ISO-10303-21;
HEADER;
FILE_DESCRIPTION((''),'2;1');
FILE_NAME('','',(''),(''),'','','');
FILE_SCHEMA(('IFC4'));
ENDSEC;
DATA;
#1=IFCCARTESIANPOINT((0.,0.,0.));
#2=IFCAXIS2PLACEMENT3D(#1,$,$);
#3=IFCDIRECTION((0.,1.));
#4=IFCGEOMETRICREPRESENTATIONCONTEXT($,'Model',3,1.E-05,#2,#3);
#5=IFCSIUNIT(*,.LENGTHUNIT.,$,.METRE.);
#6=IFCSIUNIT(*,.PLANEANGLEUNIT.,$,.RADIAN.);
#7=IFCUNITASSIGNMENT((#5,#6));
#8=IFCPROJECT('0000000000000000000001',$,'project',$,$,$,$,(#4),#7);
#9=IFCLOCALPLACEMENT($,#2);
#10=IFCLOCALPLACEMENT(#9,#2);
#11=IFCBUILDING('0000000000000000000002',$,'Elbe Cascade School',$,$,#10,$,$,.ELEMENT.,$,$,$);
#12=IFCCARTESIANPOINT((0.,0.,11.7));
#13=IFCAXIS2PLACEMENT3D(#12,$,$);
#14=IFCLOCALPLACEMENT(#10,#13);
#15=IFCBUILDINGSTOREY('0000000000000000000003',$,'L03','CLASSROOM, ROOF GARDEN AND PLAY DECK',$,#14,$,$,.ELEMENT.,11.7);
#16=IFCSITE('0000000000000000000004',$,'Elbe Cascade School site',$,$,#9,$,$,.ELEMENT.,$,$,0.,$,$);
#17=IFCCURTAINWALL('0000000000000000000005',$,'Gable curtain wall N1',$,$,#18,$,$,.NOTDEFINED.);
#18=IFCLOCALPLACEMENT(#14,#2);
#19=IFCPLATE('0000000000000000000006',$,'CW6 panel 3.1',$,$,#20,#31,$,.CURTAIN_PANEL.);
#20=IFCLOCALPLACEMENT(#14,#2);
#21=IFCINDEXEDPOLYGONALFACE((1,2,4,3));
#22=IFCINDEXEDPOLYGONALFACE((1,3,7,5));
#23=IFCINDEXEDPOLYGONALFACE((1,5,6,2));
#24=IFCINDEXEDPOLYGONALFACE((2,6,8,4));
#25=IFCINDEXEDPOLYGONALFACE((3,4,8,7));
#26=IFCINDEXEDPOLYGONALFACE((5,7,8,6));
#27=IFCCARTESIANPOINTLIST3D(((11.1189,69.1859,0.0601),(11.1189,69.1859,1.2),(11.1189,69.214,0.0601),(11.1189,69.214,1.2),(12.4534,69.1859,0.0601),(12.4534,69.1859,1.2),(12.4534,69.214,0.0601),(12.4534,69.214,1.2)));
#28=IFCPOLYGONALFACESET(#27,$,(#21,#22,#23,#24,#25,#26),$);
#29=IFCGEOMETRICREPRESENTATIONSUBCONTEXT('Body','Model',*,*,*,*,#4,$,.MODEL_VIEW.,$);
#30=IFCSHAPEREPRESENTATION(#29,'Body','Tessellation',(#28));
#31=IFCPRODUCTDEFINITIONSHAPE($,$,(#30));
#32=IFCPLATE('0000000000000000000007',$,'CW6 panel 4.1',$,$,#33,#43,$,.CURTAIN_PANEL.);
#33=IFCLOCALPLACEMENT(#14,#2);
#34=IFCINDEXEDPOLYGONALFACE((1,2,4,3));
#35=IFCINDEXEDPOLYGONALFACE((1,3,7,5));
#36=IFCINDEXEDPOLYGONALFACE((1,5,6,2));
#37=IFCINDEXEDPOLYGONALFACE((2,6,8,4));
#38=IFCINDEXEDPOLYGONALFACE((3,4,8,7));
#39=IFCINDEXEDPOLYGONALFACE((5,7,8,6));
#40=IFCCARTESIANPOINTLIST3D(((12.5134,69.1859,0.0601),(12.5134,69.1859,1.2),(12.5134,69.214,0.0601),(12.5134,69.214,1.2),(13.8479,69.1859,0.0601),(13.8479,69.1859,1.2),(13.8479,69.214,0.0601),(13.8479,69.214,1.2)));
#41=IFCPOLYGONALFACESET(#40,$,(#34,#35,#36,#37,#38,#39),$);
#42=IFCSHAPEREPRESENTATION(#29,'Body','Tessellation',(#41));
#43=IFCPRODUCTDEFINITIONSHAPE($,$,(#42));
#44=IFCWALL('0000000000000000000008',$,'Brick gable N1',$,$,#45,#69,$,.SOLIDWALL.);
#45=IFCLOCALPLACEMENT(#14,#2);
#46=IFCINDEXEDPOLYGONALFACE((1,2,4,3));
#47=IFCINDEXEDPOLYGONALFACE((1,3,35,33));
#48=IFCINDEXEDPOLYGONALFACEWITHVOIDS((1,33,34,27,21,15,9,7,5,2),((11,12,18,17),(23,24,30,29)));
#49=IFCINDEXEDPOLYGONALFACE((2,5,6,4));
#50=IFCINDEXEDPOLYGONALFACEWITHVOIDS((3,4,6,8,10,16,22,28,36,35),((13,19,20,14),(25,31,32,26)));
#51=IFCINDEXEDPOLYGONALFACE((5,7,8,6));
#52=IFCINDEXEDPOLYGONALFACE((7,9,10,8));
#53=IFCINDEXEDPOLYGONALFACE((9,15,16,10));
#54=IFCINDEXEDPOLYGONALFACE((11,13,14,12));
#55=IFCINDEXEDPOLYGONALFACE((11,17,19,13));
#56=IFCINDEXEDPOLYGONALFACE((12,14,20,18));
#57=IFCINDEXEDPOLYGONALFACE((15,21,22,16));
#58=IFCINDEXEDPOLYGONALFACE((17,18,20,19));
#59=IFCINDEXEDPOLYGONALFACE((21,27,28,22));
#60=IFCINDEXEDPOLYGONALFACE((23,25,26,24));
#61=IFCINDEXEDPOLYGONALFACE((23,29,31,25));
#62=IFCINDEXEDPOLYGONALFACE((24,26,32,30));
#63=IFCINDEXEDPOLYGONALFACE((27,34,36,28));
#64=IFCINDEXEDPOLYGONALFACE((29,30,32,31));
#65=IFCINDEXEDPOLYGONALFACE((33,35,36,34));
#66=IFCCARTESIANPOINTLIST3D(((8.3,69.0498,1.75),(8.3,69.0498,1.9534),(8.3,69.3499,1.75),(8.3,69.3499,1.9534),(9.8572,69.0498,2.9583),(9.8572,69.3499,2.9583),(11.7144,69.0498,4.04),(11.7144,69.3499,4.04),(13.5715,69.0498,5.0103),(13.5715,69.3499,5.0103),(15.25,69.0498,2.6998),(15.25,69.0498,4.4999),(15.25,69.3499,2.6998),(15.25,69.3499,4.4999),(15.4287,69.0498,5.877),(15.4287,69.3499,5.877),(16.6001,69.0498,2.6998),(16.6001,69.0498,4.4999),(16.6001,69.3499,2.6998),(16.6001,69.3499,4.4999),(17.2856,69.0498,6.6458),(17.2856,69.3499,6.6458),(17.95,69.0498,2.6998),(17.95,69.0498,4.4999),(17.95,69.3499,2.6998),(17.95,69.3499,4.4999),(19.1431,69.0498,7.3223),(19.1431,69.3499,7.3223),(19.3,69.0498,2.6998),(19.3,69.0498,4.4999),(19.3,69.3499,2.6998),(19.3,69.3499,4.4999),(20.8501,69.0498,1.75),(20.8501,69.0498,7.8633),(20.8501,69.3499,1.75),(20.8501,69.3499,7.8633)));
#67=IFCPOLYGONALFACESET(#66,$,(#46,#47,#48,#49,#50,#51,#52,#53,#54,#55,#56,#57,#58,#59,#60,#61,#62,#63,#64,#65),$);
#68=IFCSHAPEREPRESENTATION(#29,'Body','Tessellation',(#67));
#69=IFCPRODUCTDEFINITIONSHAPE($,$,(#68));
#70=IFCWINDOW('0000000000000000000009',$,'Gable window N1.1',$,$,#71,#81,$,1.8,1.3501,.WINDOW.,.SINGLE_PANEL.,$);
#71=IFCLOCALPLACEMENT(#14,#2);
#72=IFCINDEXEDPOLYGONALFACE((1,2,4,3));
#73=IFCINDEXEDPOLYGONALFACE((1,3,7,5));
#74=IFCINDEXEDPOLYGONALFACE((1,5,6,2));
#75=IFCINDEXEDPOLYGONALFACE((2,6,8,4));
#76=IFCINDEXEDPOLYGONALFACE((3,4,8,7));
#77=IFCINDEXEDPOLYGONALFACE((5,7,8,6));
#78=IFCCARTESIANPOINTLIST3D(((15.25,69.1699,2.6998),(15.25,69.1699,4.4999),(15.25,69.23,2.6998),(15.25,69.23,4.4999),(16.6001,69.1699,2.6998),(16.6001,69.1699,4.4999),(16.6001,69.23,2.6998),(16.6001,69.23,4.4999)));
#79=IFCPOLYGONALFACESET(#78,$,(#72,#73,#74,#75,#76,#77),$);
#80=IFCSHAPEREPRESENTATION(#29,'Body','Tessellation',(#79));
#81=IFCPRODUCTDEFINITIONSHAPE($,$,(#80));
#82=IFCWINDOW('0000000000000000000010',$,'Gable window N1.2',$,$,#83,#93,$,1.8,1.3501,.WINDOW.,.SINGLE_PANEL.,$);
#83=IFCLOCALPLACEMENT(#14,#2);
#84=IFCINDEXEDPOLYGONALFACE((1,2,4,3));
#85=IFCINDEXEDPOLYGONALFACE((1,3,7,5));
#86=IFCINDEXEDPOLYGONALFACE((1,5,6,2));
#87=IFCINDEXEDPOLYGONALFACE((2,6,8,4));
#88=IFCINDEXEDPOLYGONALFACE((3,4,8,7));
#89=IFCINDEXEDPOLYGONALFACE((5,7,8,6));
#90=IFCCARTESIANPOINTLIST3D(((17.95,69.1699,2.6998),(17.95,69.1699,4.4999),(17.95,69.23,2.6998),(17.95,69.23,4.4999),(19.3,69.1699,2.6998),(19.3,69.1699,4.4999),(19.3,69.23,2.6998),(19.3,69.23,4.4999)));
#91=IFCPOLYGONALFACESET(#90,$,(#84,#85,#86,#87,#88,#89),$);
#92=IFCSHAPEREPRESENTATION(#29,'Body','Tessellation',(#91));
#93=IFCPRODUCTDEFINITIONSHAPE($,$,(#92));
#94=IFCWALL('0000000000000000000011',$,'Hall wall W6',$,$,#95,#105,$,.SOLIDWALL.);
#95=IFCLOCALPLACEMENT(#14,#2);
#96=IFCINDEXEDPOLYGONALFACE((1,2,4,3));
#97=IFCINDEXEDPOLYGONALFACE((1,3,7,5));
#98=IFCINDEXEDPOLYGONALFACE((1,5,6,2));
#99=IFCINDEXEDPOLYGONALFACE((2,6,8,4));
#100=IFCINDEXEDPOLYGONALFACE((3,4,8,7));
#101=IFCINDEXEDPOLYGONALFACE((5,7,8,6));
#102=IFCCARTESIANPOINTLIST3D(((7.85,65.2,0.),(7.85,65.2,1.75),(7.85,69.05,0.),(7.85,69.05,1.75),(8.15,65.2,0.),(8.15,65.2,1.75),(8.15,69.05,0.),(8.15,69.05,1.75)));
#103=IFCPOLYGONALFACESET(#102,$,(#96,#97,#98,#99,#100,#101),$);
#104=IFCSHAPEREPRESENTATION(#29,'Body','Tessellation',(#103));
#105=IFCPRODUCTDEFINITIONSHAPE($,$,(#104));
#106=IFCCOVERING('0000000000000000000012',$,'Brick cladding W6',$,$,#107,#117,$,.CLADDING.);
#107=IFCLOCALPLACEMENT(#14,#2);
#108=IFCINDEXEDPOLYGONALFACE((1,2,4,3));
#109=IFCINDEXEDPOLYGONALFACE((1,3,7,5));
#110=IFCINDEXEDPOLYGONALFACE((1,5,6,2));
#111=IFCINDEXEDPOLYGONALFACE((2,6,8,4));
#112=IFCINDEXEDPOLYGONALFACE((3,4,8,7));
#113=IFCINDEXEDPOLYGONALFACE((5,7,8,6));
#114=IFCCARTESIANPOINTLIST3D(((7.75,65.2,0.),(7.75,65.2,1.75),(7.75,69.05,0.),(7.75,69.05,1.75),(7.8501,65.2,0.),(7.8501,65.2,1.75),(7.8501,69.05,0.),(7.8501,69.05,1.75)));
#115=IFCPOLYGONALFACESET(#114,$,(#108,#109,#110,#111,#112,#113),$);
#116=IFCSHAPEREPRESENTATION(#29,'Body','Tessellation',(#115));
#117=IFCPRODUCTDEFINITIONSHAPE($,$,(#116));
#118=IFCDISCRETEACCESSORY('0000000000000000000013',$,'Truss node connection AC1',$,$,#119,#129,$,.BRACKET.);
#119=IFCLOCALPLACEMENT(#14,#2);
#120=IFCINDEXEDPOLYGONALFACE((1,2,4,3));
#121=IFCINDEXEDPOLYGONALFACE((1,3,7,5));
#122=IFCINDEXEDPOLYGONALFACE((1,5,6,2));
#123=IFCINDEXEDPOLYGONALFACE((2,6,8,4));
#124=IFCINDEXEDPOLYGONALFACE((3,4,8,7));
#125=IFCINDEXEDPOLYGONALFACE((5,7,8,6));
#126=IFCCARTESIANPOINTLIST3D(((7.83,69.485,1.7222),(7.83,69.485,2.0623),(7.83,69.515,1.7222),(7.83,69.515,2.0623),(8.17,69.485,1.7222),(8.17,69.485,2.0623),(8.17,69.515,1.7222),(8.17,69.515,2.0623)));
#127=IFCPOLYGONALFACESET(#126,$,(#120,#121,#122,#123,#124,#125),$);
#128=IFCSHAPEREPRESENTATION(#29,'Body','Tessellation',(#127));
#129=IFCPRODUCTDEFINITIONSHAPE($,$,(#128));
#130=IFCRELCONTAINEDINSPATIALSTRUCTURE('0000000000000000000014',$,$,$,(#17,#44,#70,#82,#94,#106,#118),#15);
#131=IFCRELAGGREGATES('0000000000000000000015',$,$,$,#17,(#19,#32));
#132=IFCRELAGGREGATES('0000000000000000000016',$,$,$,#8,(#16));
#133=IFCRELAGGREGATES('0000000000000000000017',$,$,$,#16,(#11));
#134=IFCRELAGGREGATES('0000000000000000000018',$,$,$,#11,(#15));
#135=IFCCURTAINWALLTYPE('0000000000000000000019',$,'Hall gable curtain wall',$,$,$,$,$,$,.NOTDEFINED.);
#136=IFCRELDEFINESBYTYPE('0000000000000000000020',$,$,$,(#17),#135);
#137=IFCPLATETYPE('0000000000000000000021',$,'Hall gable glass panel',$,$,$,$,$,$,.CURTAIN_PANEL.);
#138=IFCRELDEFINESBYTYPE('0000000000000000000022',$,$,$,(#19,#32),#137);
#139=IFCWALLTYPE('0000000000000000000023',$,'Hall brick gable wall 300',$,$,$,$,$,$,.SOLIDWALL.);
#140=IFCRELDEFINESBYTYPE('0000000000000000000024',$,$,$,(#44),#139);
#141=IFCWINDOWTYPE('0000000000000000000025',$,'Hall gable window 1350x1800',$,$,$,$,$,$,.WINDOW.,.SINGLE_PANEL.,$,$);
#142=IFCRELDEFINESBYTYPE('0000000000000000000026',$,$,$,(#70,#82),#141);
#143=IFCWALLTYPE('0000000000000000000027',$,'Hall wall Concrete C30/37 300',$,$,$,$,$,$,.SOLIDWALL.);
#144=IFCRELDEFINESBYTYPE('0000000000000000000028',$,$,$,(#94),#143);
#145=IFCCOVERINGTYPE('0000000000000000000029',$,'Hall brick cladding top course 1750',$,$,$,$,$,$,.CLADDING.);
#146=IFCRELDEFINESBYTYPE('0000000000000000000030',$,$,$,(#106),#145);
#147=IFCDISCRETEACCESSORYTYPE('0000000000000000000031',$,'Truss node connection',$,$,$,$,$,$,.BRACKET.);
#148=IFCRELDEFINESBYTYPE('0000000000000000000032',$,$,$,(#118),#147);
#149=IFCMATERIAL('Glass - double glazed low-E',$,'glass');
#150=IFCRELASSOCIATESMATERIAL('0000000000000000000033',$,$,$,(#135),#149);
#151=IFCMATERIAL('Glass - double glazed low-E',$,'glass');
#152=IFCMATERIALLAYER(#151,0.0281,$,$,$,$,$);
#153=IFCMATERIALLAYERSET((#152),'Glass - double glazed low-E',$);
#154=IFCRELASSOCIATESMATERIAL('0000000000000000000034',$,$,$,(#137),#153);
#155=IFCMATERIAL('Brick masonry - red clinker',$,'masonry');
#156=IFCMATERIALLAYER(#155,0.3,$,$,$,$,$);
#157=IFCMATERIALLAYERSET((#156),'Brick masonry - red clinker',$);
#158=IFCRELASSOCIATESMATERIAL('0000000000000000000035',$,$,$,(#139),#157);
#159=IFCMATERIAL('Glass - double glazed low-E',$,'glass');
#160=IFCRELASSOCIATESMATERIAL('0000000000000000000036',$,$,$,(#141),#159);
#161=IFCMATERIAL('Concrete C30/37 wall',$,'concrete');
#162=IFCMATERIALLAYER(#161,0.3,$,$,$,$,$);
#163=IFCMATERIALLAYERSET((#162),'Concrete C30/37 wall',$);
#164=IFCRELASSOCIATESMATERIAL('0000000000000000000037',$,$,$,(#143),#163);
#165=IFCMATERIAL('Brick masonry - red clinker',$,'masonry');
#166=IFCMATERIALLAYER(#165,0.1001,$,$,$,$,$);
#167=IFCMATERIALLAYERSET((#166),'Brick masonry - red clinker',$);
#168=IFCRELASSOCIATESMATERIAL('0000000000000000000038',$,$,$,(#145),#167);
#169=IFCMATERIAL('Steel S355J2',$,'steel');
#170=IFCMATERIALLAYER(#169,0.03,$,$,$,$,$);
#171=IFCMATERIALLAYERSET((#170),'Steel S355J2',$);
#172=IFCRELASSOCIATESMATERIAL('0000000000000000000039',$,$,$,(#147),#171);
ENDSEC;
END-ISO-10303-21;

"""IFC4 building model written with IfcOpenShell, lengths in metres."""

from ifc_helpers import new_model, si_unit, direction, frame, frame_2d, origin, origin_2d, place, context, subcontext, project, spatial, polyline, rectangle, outline, extrude, material, layer, layer_set, type_object, element, fill, aggregate, save


model = new_model("IFC4")

# Units and contexts
model_context = context("Model", 3, precision=1e-05, world=origin(), true_north=direction((0.0, 1.0)))
body_context = subcontext(model_context, "Body", "Model", "MODEL_VIEW")
ifc_project = project(units=[si_unit("LENGTHUNIT", "METRE"), si_unit("PLANEANGLEUNIT", "RADIAN")], contexts=[model_context])

# Site, building, storey
site_placement = place(None, origin())
site = spatial("IfcSite", under=ifc_project, at=site_placement, Name="Elbe Cascade School site", CompositionType="ELEMENT", RefElevation=0.0)
building_placement = place(site_placement, origin())
building = spatial("IfcBuilding", under=site, at=building_placement, Name="Elbe Cascade School", CompositionType="ELEMENT")
storey_placement = place(building_placement, frame((0.0, 0.0, 11.7)))
storey = spatial("IfcBuildingStorey", under=building, at=storey_placement, Name="L03", Description="CLASSROOM, ROOF GARDEN AND PLAY DECK", CompositionType="ELEMENT", Elevation=11.7)

# Curtain wall
ifc_material_1 = material(Name="Glass - double glazed low-E", Category="glass")
curtain_wall_type = type_object("IfcCurtainWallType", Name="Hall gable curtain wall", PredefinedType="NOTDEFINED", material=ifc_material_1)
curtain_wall_placement = place(storey_placement, origin())
curtain_wall = element("IfcCurtainWall", 1, at=curtain_wall_placement, inside=storey, type_object=curtain_wall_type, Name="Gable curtain wall N1", PredefinedType="NOTDEFINED")

# Plates
ifc_material_2 = material(Name="Glass - double glazed low-E", Category="glass")
ifc_layer_1 = layer(ifc_material_2, 0.0281)
ifc_layer_set_1 = layer_set([ifc_layer_1], Name="Glass - double glazed low-E")
plate_type = type_object("IfcPlateType", Name="Hall gable glass panel", PredefinedType="CURTAIN_PANEL", material=ifc_layer_set_1)
plate_1_placement = place(storey_placement, frame((11.7861, 69.2, 0.0601), z_axis=(0.0, 0.0, 1.0), x_axis=(1.0, 0.0, 0.0)))
plate_1 = element("IfcPlate", 2, at=plate_1_placement, type_object=plate_type, Name="CW6 panel 3.1", PredefinedType="CURTAIN_PANEL", context=body_context, shape_type="SweptSolid", body=[
    extrude(rectangle(XDim=1.3345, YDim=0.0281, at=origin_2d()), origin(), (0.0, 0.0, 1.0), 1.1399),
])
plate_2_placement = place(storey_placement, frame((13.1807, 69.2, 0.0601), z_axis=(0.0, 0.0, 1.0), x_axis=(1.0, 0.0, 0.0)))
plate_2 = element("IfcPlate", 3, at=plate_2_placement, type_object=plate_type, Name="CW6 panel 4.1", PredefinedType="CURTAIN_PANEL", context=body_context, shape_type="SweptSolid", body=[
    extrude(rectangle(XDim=1.3345, YDim=0.0281, at=origin_2d()), origin(), (0.0, 0.0, 1.0), 1.1399),
])
aggregate(curtain_wall, [plate_1, plate_2])

# Wall, openings, windows
ifc_material_3 = material(Name="Brick masonry - red clinker", Category="masonry")
ifc_layer_2 = layer(ifc_material_3, 0.3)
ifc_layer_set_2 = layer_set([ifc_layer_2], Name="Brick masonry - red clinker")
wall_type_1 = type_object("IfcWallType", Name="Hall brick gable wall 300", PredefinedType="SOLIDWALL", material=ifc_layer_set_2)
wall_1_placement = place(storey_placement, frame((8.3, 69.2, 1.75), z_axis=(0.0, 0.0, 1.0), x_axis=(1.0, 0.0, 0.0)))
wall_1 = element("IfcWall", 4, at=wall_1_placement, inside=storey, type_object=wall_type_1, Name="Brick gable N1", PredefinedType="SOLIDWALL", context=body_context, shape_type="SweptSolid", body=[
    extrude(outline(polyline([(0.0, 0.0), (12.55, 0.0), (12.55, 6.1133), (10.843, 5.5723), (8.9856, 4.8958), (7.1287, 4.127), (5.2715, 3.2603), (3.4143, 2.29), (1.5571, 1.2083), (0.0, 0.2034), (0.0, 0.0)])), frame((0.0, 0.1499, 0.0), z_axis=(0.0, -1.0, 0.0), x_axis=(1.0, 0.0, 0.0)), (0.0, 0.0, 1.0), 0.3),
])
opening_1_placement = place(wall_1_placement, frame((6.95, 0.0, 0.95)))
opening_1 = element("IfcOpeningElement", 5, at=opening_1_placement, cuts=wall_1, PredefinedType="OPENING", context=body_context, shape_type="SweptSolid", body=[
    extrude(rectangle(XDim=1.3501, YDim=1.8, at=frame_2d((0.675, 0.8999))), frame((0.0, 0.1599, 0.0), z_axis=(0.0, -1.0, 0.0), x_axis=(1.0, 0.0, 0.0)), (0.0, 0.0, 1.0), 0.3201),
])
opening_2_placement = place(wall_1_placement, frame((9.6499, 0.0, 0.95)))
opening_2 = element("IfcOpeningElement", 6, at=opening_2_placement, cuts=wall_1, PredefinedType="OPENING", context=body_context, shape_type="SweptSolid", body=[
    extrude(rectangle(XDim=1.3501, YDim=1.8, at=frame_2d((0.675, 0.8999))), frame((0.0, 0.1599, 0.0), z_axis=(0.0, -1.0, 0.0), x_axis=(1.0, 0.0, 0.0)), (0.0, 0.0, 1.0), 0.3201),
])
ifc_material_4 = material(Name="Glass - double glazed low-E", Category="glass")
window_type = type_object("IfcWindowType", Name="Hall gable window 1350x1800", PartitioningType="SINGLE_PANEL", PredefinedType="WINDOW", material=ifc_material_4)
window_1_placement = place(opening_1_placement, origin())
window_1 = element("IfcWindow", 7, at=window_1_placement, inside=storey, type_object=window_type, Name="Gable window N1.1", OverallHeight=1.8, OverallWidth=1.3501, PartitioningType="SINGLE_PANEL", PredefinedType="WINDOW", context=body_context, shape_type="SweptSolid", body=[
    extrude(rectangle(XDim=1.3501, YDim=1.8, at=frame_2d((0.675, 0.8999))), frame((0.0, 0.03, 0.0), z_axis=(0.0, -1.0, 0.0), x_axis=(1.0, 0.0, 0.0)), (0.0, 0.0, 1.0), 0.0601),
])
fill(opening_1, window_1)
window_2_placement = place(opening_2_placement, origin())
window_2 = element("IfcWindow", 8, at=window_2_placement, inside=storey, type_object=window_type, Name="Gable window N1.2", OverallHeight=1.8, OverallWidth=1.3501, PartitioningType="SINGLE_PANEL", PredefinedType="WINDOW", context=body_context, shape_type="SweptSolid", body=[
    extrude(rectangle(XDim=1.3501, YDim=1.8, at=frame_2d((0.675, 0.8999))), frame((0.0, 0.03, 0.0), z_axis=(0.0, -1.0, 0.0), x_axis=(1.0, 0.0, 0.0)), (0.0, 0.0, 1.0), 0.0601),
])
fill(opening_2, window_2)

# Wall
ifc_material_5 = material(Name="Concrete C30/37 wall", Category="concrete")
ifc_layer_3 = layer(ifc_material_5, 0.3)
ifc_layer_set_3 = layer_set([ifc_layer_3], Name="Concrete C30/37 wall")
wall_type_2 = type_object("IfcWallType", Name="Hall wall Concrete C30/37 300", PredefinedType="SOLIDWALL", material=ifc_layer_set_3)
wall_2_placement = place(storey_placement, frame((8.0, 65.2, 0.0), z_axis=(0.0, 0.0, 1.0), x_axis=(0.0, 1.0, 0.0)))
element("IfcWall", 9, at=wall_2_placement, inside=storey, type_object=wall_type_2, Name="Hall wall W6", PredefinedType="SOLIDWALL", context=body_context, shape_type="SweptSolid", body=[
    extrude(rectangle(XDim=3.8501, YDim=0.3, at=frame_2d((1.925, 0.0))), origin(), (0.0, 0.0, 1.0), 1.75),
])

# Covering
ifc_material_6 = material(Name="Brick masonry - red clinker", Category="masonry")
ifc_layer_4 = layer(ifc_material_6, 0.1001)
ifc_layer_set_4 = layer_set([ifc_layer_4], Name="Brick masonry - red clinker")
covering_type = type_object("IfcCoveringType", Name="Hall brick cladding top course 1750", PredefinedType="CLADDING", material=ifc_layer_set_4)
covering_placement = place(storey_placement, frame((7.8, 67.125, 0.0), z_axis=(0.0, 0.0, 1.0), x_axis=(1.0, 0.0, 0.0)))
element("IfcCovering", 10, at=covering_placement, inside=storey, type_object=covering_type, Name="Brick cladding W6", PredefinedType="CLADDING", context=body_context, shape_type="SweptSolid", body=[
    extrude(rectangle(XDim=0.1001, YDim=3.8501, at=origin_2d()), origin(), (0.0, 0.0, 1.0), 1.75),
])

# Discrete accessory
ifc_material_7 = material(Name="Steel S355J2", Category="steel")
ifc_layer_5 = layer(ifc_material_7, 0.03)
ifc_layer_set_5 = layer_set([ifc_layer_5], Name="Steel S355J2")
discrete_accessory_type = type_object("IfcDiscreteAccessoryType", Name="Truss node connection", PredefinedType="BRACKET", material=ifc_layer_set_5)
discrete_accessory_placement = place(storey_placement, frame((8.0, 69.5, 1.7222), z_axis=(0.0, 0.0, 1.0), x_axis=(1.0, 0.0, 0.0)))
element("IfcDiscreteAccessory", 11, at=discrete_accessory_placement, inside=storey, type_object=discrete_accessory_type, Name="Truss node connection AC1", PredefinedType="BRACKET", context=body_context, shape_type="SweptSolid", body=[
    extrude(rectangle(XDim=0.3401, YDim=0.03, at=origin_2d()), origin(), (0.0, 0.0, 1.0), 0.3401),
])

save(model, "model.ifc")
